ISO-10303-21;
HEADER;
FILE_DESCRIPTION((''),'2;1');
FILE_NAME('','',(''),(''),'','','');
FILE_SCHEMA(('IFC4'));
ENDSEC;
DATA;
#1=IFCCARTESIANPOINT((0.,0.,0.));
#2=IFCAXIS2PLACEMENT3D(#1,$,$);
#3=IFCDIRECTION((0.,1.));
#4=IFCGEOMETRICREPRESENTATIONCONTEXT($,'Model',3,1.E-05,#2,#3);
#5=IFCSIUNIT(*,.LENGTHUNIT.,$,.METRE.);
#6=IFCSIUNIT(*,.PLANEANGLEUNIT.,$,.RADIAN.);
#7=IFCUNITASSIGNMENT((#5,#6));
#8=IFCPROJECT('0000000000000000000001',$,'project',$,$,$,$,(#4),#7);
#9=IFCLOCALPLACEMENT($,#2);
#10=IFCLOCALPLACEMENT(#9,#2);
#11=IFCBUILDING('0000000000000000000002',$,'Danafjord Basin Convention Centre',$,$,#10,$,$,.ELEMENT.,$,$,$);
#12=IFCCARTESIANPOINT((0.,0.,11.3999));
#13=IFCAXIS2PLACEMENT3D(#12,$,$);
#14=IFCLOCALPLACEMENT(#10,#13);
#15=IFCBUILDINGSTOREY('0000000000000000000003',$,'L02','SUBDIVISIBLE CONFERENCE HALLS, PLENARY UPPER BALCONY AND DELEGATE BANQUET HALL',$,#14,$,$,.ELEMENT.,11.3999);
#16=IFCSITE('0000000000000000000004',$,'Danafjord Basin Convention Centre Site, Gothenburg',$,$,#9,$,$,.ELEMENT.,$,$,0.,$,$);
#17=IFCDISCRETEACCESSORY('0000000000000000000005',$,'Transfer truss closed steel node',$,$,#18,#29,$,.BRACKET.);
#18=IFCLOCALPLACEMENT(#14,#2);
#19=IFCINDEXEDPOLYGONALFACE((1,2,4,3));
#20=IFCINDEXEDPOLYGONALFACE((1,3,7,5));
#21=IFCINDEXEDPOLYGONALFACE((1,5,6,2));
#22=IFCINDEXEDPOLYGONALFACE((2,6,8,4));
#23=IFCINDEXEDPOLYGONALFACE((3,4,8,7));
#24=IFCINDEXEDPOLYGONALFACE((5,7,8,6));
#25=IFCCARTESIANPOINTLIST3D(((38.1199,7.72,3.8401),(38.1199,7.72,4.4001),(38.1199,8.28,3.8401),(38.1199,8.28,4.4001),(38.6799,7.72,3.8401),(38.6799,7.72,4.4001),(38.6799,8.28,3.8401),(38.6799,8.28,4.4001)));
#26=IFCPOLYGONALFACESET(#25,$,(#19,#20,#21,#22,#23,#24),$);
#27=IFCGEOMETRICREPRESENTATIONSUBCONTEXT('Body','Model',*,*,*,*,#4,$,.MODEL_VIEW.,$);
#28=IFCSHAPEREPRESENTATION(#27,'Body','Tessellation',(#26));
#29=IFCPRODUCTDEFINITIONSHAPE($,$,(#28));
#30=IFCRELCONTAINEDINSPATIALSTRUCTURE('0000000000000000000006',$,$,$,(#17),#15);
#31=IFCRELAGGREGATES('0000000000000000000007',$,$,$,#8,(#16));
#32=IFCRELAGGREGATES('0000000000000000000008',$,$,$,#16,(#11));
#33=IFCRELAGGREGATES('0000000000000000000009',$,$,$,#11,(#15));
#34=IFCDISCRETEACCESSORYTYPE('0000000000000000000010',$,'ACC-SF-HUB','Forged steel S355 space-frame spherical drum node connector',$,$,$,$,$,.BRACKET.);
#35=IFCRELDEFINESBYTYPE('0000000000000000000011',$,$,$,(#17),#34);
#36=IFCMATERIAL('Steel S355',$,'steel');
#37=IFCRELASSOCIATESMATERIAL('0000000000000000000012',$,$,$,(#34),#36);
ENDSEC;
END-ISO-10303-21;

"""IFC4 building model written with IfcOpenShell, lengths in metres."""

from ifc_helpers import new_model, si_unit, direction, frame, origin, origin_2d, place, context, subcontext, project, spatial, rectangle, extrude, material, type_object, element, save


model = new_model("IFC4")

# Units and contexts
model_context = context("Model", 3, precision=1e-05, world=origin(), true_north=direction((0.0, 1.0)))
body_context = subcontext(model_context, "Body", "Model", "MODEL_VIEW")
ifc_project = project(units=[si_unit("LENGTHUNIT", "METRE"), si_unit("PLANEANGLEUNIT", "RADIAN")], contexts=[model_context])

# Site, building, storey
site_placement = place(None, origin())
site = spatial("IfcSite", under=ifc_project, at=site_placement, Name="Danafjord Basin Convention Centre Site, Gothenburg", CompositionType="ELEMENT", RefElevation=0.0)
building_placement = place(site_placement, origin())
building = spatial("IfcBuilding", under=site, at=building_placement, Name="Danafjord Basin Convention Centre", CompositionType="ELEMENT")
storey_placement = place(building_placement, frame((0.0, 0.0, 11.3999)))
storey = spatial("IfcBuildingStorey", under=building, at=storey_placement, Name="L02", Description="SUBDIVISIBLE CONFERENCE HALLS, PLENARY UPPER BALCONY AND DELEGATE BANQUET HALL", CompositionType="ELEMENT", Elevation=11.3999)

# Shared definitions
ifc_material_1 = material(Name="Steel S355", Category="steel")

# Discrete accessory
discrete_accessory_type = type_object("IfcDiscreteAccessoryType", Name="ACC-SF-HUB", Description="Forged steel S355 space-frame spherical drum node connector", PredefinedType="BRACKET", material=ifc_material_1)
for number, where, z_axis, x_axis, name in (
    (1, (38.3999, 8.0, 3.8401), (0.0, 0.0, 1.0), (1.0, 0.0, 0.0), "Transfer truss closed steel node"),
):
    element("IfcDiscreteAccessory", number, at=place(storey_placement, frame(where, z_axis=z_axis, x_axis=x_axis)), inside=storey, type_object=discrete_accessory_type, Name=name, PredefinedType="BRACKET", context=body_context, shape_type="SweptSolid", body=[
        extrude(rectangle(XDim=0.5601, YDim=0.5601, at=origin_2d()), origin(), (0.0, 0.0, 1.0), 0.5601),
    ])

save(model, "model.ifc")
